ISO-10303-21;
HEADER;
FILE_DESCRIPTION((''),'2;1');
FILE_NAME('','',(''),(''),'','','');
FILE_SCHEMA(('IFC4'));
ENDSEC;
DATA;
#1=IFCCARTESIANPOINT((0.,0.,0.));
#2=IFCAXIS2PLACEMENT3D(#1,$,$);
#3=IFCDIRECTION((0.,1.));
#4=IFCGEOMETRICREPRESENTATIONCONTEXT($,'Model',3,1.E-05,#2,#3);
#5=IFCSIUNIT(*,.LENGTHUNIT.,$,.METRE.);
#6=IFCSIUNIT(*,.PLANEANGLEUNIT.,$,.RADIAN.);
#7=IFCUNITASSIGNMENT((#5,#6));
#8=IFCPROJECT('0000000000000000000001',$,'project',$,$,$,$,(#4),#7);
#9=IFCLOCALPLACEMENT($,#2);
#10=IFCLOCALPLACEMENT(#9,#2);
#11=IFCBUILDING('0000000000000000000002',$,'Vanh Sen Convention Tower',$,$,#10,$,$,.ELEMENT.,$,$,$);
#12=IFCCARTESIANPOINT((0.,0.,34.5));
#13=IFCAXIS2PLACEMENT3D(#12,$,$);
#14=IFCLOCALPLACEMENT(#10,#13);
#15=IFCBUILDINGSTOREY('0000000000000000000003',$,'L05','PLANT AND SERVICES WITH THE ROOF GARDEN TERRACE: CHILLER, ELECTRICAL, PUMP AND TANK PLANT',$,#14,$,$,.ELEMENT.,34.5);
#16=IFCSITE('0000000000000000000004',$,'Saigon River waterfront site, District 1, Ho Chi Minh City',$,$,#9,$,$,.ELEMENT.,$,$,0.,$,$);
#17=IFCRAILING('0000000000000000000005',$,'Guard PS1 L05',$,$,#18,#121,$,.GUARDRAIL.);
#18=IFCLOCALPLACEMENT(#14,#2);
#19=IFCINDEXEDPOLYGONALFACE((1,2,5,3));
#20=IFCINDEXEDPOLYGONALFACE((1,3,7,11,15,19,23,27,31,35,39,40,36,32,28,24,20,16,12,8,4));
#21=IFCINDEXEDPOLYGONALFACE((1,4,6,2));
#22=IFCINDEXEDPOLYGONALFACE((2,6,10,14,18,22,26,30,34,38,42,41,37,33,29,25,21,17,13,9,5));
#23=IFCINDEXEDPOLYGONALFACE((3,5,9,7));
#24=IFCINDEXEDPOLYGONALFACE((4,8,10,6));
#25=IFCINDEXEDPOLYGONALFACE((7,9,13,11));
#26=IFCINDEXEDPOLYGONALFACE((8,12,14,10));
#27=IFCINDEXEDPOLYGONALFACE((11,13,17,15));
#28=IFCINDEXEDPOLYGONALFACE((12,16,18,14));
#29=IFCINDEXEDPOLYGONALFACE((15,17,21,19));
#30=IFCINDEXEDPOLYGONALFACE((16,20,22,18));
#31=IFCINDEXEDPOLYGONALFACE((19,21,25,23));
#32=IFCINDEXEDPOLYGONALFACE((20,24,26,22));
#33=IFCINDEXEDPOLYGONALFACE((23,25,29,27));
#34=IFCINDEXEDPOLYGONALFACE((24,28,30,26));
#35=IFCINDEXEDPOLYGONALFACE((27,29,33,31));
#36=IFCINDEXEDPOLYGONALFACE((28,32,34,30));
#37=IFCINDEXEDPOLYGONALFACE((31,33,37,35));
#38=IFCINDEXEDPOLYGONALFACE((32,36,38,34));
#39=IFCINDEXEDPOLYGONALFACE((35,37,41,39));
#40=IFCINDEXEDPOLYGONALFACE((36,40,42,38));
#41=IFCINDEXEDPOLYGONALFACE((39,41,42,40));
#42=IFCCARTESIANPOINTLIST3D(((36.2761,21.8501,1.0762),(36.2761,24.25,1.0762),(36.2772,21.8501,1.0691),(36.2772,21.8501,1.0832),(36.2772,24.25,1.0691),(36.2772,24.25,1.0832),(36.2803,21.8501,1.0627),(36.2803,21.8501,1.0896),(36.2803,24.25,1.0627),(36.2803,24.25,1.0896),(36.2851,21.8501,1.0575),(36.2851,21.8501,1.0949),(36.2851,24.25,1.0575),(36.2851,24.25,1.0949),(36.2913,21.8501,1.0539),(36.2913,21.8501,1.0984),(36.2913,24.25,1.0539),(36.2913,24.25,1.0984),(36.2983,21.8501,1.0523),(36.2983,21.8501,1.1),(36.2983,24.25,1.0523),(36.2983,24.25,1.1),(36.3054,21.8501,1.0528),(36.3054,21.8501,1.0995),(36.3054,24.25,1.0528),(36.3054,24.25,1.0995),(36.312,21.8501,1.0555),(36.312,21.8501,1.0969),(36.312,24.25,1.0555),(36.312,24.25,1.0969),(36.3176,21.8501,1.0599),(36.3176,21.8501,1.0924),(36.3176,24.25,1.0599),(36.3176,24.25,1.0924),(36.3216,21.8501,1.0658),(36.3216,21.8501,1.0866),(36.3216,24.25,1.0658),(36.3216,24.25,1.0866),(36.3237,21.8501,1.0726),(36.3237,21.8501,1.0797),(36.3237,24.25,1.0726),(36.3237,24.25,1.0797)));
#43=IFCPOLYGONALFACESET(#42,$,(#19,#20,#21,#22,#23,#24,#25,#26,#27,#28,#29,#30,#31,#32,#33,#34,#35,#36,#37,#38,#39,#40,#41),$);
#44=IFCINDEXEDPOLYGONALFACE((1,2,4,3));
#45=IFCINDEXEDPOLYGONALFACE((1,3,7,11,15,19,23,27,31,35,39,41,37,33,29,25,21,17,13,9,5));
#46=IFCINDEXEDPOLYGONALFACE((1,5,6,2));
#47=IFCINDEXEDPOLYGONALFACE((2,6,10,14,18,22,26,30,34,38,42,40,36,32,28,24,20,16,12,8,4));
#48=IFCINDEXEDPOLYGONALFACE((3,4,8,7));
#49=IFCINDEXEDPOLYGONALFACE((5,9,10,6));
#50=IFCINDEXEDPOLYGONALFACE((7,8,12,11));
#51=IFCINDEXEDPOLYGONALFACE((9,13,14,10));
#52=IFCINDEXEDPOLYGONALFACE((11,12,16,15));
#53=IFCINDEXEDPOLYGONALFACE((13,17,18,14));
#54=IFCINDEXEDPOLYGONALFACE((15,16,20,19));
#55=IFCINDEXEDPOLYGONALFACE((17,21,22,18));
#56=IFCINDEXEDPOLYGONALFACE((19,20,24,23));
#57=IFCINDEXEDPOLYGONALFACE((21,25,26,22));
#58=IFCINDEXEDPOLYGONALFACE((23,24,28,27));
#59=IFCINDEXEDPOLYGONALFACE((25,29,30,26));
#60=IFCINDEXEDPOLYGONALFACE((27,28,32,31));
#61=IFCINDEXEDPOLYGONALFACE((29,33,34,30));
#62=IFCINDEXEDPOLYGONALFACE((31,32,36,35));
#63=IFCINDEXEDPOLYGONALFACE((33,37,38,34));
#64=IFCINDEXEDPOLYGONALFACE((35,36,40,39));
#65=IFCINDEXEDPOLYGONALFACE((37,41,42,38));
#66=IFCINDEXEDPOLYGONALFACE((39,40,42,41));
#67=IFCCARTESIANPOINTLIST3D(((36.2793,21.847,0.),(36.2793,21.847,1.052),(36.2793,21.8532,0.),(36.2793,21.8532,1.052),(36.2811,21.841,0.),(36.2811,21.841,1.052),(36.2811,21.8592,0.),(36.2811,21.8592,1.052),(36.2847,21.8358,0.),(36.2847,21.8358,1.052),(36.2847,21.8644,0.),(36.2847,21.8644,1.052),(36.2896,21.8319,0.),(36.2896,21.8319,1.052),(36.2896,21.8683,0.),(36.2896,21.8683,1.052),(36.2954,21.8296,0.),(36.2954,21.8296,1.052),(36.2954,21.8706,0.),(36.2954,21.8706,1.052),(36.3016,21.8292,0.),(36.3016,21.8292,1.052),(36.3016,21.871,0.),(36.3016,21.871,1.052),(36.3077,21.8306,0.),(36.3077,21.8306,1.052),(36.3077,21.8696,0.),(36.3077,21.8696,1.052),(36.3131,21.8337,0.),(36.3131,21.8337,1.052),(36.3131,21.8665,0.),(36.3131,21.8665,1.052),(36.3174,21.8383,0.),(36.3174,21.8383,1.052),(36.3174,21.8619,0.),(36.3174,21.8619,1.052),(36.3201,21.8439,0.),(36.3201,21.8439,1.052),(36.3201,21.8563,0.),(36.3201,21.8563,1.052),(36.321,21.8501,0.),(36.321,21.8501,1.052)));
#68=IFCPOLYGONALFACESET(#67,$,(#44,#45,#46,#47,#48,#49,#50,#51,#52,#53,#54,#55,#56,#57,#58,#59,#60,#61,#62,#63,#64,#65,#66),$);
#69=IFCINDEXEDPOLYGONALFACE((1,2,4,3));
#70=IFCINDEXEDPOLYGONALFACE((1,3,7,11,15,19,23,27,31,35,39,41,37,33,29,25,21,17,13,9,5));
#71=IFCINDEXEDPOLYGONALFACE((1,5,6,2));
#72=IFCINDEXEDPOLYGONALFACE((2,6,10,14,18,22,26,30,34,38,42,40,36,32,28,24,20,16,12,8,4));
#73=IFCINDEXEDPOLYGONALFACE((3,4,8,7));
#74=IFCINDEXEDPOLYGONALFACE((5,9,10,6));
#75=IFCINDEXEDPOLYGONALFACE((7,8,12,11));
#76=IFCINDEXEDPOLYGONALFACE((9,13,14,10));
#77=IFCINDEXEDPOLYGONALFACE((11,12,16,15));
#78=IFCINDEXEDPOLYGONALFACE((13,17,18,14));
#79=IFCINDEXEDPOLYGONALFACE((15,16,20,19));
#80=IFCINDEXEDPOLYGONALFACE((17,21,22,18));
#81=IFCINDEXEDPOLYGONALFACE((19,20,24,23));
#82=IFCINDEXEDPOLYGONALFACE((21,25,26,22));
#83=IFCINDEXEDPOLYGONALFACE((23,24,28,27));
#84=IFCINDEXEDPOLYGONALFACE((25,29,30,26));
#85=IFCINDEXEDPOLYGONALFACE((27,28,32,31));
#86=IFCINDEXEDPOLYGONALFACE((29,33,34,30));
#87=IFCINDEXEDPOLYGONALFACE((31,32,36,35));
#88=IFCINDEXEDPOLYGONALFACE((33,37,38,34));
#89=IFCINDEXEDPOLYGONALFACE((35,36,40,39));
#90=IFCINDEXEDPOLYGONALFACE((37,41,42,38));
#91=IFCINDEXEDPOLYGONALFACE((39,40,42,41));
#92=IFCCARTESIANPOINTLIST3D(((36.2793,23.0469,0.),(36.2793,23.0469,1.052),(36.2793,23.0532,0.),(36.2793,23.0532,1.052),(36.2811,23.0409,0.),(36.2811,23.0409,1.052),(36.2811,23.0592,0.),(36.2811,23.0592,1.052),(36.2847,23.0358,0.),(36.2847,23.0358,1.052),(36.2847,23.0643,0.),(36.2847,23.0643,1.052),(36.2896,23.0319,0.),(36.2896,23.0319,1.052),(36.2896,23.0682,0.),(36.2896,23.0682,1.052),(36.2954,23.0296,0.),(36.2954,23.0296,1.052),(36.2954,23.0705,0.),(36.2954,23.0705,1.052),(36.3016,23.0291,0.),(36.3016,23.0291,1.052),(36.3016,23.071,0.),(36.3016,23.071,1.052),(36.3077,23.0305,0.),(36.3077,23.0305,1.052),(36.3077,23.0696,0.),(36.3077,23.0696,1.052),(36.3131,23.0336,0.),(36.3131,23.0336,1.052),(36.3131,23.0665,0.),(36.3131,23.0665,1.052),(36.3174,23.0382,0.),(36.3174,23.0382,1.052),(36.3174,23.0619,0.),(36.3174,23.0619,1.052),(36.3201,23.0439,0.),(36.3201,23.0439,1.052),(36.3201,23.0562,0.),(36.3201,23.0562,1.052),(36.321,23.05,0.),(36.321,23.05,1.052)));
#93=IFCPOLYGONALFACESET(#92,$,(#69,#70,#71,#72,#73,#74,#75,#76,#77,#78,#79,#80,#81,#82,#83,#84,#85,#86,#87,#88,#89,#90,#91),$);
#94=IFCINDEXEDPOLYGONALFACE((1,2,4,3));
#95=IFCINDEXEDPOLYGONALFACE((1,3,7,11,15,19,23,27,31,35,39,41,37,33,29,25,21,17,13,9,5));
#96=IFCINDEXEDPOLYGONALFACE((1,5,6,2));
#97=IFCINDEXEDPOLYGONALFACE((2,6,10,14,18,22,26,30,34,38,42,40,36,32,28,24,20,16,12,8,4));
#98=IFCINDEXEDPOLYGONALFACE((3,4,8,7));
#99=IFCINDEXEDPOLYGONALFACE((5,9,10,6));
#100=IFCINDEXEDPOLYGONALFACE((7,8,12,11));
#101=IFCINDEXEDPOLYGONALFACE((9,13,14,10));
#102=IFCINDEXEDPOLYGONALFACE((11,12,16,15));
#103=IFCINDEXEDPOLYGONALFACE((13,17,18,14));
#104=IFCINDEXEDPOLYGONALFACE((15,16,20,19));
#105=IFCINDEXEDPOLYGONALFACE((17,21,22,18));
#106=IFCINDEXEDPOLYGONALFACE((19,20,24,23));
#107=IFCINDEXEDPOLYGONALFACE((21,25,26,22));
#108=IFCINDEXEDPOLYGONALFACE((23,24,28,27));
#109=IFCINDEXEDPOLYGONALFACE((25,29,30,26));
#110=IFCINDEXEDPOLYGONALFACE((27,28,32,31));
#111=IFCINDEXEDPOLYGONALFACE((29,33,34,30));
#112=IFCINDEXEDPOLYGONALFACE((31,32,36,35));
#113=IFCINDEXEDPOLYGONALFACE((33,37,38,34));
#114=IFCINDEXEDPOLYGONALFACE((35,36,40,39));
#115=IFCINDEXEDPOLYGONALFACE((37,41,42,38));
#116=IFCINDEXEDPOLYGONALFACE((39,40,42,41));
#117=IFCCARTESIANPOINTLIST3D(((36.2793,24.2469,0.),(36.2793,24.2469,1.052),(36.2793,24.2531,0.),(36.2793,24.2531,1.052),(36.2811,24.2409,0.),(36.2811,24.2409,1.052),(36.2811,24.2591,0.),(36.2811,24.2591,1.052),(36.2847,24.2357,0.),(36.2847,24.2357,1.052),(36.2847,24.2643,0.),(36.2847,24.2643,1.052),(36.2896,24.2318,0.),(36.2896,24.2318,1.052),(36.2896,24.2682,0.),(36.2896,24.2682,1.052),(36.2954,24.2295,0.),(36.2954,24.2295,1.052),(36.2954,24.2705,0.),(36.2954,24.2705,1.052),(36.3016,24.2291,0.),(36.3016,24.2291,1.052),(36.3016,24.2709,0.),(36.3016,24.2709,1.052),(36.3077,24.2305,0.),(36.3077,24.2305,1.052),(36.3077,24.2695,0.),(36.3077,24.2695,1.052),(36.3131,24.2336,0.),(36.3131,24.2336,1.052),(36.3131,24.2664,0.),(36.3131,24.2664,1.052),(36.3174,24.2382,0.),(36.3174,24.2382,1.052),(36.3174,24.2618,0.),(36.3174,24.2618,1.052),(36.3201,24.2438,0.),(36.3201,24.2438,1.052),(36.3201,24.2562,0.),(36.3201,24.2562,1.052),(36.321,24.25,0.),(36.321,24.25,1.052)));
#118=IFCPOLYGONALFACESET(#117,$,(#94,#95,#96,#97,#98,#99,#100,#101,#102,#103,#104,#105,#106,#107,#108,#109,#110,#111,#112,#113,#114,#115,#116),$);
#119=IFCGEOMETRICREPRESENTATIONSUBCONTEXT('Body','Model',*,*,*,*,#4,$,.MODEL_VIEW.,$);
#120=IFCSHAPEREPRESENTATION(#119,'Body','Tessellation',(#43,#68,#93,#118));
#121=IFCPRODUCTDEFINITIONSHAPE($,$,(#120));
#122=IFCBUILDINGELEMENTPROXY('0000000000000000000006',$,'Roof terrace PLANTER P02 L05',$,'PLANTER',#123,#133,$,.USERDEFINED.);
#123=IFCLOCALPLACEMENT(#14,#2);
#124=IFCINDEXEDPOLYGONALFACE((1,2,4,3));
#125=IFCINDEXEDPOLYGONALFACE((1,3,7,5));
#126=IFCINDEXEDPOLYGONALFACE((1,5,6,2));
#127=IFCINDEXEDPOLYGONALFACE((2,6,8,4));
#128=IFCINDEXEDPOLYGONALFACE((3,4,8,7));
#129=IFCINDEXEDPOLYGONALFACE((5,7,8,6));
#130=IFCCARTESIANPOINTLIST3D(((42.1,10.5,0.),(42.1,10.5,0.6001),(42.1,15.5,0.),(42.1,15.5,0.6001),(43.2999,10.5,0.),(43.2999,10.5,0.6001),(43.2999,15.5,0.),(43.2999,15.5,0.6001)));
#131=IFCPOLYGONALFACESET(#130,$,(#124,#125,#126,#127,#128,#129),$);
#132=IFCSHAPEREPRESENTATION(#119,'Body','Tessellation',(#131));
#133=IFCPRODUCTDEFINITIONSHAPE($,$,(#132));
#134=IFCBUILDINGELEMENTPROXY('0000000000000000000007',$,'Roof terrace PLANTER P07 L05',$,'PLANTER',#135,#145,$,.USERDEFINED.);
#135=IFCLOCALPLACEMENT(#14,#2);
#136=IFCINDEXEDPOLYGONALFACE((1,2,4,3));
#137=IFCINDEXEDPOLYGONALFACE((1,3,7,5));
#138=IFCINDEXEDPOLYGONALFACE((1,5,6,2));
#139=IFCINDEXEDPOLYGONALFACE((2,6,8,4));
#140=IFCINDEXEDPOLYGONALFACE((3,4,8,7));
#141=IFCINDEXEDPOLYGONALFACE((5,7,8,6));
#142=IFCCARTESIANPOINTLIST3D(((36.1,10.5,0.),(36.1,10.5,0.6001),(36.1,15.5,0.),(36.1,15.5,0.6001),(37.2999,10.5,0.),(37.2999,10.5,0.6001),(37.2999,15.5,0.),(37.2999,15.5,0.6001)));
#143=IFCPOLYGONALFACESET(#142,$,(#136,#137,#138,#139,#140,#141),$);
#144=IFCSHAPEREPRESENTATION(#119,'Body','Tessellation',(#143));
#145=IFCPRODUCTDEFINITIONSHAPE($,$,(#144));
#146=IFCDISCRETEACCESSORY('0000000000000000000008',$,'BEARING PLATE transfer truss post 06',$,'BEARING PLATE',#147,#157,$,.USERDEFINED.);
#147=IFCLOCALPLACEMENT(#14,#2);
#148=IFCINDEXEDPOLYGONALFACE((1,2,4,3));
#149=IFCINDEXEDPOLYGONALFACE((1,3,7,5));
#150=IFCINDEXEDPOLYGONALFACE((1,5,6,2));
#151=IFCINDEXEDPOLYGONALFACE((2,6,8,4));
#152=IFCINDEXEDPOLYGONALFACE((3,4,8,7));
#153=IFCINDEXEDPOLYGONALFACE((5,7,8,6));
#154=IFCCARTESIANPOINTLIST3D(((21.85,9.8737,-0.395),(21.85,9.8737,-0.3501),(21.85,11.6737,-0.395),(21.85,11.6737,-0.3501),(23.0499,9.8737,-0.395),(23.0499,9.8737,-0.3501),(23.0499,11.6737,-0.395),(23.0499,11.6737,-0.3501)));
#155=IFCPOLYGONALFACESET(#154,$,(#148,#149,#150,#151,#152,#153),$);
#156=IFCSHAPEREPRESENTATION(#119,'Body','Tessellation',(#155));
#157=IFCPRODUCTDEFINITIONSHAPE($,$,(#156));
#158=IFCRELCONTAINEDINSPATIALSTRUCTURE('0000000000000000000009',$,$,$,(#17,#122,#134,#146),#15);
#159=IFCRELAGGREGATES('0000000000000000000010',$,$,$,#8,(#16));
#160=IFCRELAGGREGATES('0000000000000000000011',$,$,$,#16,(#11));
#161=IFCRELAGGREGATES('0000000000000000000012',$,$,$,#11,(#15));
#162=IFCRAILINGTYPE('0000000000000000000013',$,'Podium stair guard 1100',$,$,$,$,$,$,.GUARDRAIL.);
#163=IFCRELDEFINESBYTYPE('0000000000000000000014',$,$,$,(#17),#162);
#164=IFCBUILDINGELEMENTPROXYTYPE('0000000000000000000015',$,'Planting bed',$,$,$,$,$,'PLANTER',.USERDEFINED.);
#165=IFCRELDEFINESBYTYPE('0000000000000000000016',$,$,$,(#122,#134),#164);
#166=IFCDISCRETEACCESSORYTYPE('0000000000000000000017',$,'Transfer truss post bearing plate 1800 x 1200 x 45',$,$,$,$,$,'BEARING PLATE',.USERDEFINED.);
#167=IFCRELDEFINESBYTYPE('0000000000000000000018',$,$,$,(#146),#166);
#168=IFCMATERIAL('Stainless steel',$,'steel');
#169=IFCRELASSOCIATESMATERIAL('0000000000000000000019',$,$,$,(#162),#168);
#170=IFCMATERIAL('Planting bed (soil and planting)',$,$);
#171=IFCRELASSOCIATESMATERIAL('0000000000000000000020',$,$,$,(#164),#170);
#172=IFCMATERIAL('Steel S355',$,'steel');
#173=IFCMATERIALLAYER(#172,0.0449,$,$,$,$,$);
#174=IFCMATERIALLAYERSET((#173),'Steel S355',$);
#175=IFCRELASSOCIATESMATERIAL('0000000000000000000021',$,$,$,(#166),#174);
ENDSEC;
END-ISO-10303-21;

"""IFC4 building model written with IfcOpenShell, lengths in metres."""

from ifc_helpers import new_model, si_unit, direction, frame, origin, origin_2d, place, context, subcontext, project, spatial, rectangle, circle, extrude, material, layer, layer_set, type_object, element, save


model = new_model("IFC4")

# Units and contexts
model_context = context("Model", 3, precision=1e-05, world=origin(), true_north=direction((0.0, 1.0)))
body_context = subcontext(model_context, "Body", "Model", "MODEL_VIEW")
ifc_project = project(units=[si_unit("LENGTHUNIT", "METRE"), si_unit("PLANEANGLEUNIT", "RADIAN")], contexts=[model_context])

# Site, building, storey
site_placement = place(None, origin())
site = spatial("IfcSite", under=ifc_project, at=site_placement, Name="Saigon River waterfront site, District 1, Ho Chi Minh City", CompositionType="ELEMENT", RefElevation=0.0)
building_placement = place(site_placement, origin())
building = spatial("IfcBuilding", under=site, at=building_placement, Name="Vanh Sen Convention Tower", CompositionType="ELEMENT")
storey_placement = place(building_placement, frame((0.0, 0.0, 34.5)))
storey = spatial("IfcBuildingStorey", under=building, at=storey_placement, Name="L05", Description="PLANT AND SERVICES WITH THE ROOF GARDEN TERRACE: CHILLER, ELECTRICAL, PUMP AND TANK PLANT", CompositionType="ELEMENT", Elevation=34.5)

# Railing
ifc_material_1 = material(Name="Stainless steel", Category="steel")
railing_type_1 = type_object("IfcRailingType", Name="Podium stair guard 1100", PredefinedType="GUARDRAIL", material=ifc_material_1)
railing_1_placement = place(storey_placement, frame((36.3, 21.8501, 0.0)))
element("IfcRailing", 1, at=railing_1_placement, inside=storey, type_object=railing_type_1, Name="Guard PS1 L05", PredefinedType="GUARDRAIL", context=body_context, shape_type="SweptSolid", body=[
    extrude(circle(Radius=0.0239, at=origin_2d()), frame((0.0, 0.0, 1.0762), z_axis=(0.0, 1.0, 0.0), x_axis=(-1.0, 0.0, 0.0)), (0.0, 0.0, 1.0), 2.3999),
    extrude(circle(Radius=0.021, at=origin_2d()), origin(), (0.0, 0.0, 1.0), 1.052),
    extrude(circle(Radius=0.021, at=origin_2d()), frame((0.0, 1.2, 0.0)), (0.0, 0.0, 1.0), 1.052),
    extrude(circle(Radius=0.021, at=origin_2d()), frame((0.0, 2.3999, 0.0)), (0.0, 0.0, 1.0), 1.052),
])

# Building element proxies
ifc_material_2 = material(Name="Planting bed (soil and planting)")
building_element_proxy_type = type_object("IfcBuildingElementProxyType", Name="Planting bed", ElementType="PLANTER", PredefinedType="USERDEFINED", material=ifc_material_2)
for number, where, z_axis, x_axis, name in (
    (2, (42.7, 13.0, 0.0), (0.0, 0.0, 1.0), (1.0, 0.0, 0.0), "Roof terrace PLANTER P02 L05"),
    (3, (36.7, 13.0, 0.0), (0.0, 0.0, 1.0), (1.0, 0.0, 0.0), "Roof terrace PLANTER P07 L05"),
):
    element("IfcBuildingElementProxy", number, at=place(storey_placement, frame(where, z_axis=z_axis, x_axis=x_axis)), inside=storey, type_object=building_element_proxy_type, Name=name, ObjectType="PLANTER", PredefinedType="USERDEFINED", context=body_context, shape_type="SweptSolid", body=[
        extrude(rectangle(XDim=1.2, YDim=5.0, at=origin_2d()), origin(), (0.0, 0.0, 1.0), 0.6001),
    ])

# Discrete accessory
ifc_material_3 = material(Name="Steel S355", Category="steel")
ifc_layer_1 = layer(ifc_material_3, 0.0449)
ifc_layer_set_1 = layer_set([ifc_layer_1], Name="Steel S355")
discrete_accessory_type = type_object("IfcDiscreteAccessoryType", Name="Transfer truss post bearing plate 1800 x 1200 x 45", ElementType="BEARING PLATE", PredefinedType="USERDEFINED", material=ifc_layer_set_1)
discrete_accessory_placement = place(storey_placement, frame((22.45, 10.7737, -0.395), z_axis=(0.0, 0.0, 1.0), x_axis=(0.0, 1.0, 0.0)))
element("IfcDiscreteAccessory", 4, at=discrete_accessory_placement, inside=storey, type_object=discrete_accessory_type, Name="BEARING PLATE transfer truss post 06", ObjectType="BEARING PLATE", PredefinedType="USERDEFINED", context=body_context, shape_type="SweptSolid", body=[
    extrude(rectangle(XDim=1.8, YDim=1.2, at=origin_2d()), origin(), (0.0, 0.0, 1.0), 0.0449),
])

save(model, "model.ifc")
